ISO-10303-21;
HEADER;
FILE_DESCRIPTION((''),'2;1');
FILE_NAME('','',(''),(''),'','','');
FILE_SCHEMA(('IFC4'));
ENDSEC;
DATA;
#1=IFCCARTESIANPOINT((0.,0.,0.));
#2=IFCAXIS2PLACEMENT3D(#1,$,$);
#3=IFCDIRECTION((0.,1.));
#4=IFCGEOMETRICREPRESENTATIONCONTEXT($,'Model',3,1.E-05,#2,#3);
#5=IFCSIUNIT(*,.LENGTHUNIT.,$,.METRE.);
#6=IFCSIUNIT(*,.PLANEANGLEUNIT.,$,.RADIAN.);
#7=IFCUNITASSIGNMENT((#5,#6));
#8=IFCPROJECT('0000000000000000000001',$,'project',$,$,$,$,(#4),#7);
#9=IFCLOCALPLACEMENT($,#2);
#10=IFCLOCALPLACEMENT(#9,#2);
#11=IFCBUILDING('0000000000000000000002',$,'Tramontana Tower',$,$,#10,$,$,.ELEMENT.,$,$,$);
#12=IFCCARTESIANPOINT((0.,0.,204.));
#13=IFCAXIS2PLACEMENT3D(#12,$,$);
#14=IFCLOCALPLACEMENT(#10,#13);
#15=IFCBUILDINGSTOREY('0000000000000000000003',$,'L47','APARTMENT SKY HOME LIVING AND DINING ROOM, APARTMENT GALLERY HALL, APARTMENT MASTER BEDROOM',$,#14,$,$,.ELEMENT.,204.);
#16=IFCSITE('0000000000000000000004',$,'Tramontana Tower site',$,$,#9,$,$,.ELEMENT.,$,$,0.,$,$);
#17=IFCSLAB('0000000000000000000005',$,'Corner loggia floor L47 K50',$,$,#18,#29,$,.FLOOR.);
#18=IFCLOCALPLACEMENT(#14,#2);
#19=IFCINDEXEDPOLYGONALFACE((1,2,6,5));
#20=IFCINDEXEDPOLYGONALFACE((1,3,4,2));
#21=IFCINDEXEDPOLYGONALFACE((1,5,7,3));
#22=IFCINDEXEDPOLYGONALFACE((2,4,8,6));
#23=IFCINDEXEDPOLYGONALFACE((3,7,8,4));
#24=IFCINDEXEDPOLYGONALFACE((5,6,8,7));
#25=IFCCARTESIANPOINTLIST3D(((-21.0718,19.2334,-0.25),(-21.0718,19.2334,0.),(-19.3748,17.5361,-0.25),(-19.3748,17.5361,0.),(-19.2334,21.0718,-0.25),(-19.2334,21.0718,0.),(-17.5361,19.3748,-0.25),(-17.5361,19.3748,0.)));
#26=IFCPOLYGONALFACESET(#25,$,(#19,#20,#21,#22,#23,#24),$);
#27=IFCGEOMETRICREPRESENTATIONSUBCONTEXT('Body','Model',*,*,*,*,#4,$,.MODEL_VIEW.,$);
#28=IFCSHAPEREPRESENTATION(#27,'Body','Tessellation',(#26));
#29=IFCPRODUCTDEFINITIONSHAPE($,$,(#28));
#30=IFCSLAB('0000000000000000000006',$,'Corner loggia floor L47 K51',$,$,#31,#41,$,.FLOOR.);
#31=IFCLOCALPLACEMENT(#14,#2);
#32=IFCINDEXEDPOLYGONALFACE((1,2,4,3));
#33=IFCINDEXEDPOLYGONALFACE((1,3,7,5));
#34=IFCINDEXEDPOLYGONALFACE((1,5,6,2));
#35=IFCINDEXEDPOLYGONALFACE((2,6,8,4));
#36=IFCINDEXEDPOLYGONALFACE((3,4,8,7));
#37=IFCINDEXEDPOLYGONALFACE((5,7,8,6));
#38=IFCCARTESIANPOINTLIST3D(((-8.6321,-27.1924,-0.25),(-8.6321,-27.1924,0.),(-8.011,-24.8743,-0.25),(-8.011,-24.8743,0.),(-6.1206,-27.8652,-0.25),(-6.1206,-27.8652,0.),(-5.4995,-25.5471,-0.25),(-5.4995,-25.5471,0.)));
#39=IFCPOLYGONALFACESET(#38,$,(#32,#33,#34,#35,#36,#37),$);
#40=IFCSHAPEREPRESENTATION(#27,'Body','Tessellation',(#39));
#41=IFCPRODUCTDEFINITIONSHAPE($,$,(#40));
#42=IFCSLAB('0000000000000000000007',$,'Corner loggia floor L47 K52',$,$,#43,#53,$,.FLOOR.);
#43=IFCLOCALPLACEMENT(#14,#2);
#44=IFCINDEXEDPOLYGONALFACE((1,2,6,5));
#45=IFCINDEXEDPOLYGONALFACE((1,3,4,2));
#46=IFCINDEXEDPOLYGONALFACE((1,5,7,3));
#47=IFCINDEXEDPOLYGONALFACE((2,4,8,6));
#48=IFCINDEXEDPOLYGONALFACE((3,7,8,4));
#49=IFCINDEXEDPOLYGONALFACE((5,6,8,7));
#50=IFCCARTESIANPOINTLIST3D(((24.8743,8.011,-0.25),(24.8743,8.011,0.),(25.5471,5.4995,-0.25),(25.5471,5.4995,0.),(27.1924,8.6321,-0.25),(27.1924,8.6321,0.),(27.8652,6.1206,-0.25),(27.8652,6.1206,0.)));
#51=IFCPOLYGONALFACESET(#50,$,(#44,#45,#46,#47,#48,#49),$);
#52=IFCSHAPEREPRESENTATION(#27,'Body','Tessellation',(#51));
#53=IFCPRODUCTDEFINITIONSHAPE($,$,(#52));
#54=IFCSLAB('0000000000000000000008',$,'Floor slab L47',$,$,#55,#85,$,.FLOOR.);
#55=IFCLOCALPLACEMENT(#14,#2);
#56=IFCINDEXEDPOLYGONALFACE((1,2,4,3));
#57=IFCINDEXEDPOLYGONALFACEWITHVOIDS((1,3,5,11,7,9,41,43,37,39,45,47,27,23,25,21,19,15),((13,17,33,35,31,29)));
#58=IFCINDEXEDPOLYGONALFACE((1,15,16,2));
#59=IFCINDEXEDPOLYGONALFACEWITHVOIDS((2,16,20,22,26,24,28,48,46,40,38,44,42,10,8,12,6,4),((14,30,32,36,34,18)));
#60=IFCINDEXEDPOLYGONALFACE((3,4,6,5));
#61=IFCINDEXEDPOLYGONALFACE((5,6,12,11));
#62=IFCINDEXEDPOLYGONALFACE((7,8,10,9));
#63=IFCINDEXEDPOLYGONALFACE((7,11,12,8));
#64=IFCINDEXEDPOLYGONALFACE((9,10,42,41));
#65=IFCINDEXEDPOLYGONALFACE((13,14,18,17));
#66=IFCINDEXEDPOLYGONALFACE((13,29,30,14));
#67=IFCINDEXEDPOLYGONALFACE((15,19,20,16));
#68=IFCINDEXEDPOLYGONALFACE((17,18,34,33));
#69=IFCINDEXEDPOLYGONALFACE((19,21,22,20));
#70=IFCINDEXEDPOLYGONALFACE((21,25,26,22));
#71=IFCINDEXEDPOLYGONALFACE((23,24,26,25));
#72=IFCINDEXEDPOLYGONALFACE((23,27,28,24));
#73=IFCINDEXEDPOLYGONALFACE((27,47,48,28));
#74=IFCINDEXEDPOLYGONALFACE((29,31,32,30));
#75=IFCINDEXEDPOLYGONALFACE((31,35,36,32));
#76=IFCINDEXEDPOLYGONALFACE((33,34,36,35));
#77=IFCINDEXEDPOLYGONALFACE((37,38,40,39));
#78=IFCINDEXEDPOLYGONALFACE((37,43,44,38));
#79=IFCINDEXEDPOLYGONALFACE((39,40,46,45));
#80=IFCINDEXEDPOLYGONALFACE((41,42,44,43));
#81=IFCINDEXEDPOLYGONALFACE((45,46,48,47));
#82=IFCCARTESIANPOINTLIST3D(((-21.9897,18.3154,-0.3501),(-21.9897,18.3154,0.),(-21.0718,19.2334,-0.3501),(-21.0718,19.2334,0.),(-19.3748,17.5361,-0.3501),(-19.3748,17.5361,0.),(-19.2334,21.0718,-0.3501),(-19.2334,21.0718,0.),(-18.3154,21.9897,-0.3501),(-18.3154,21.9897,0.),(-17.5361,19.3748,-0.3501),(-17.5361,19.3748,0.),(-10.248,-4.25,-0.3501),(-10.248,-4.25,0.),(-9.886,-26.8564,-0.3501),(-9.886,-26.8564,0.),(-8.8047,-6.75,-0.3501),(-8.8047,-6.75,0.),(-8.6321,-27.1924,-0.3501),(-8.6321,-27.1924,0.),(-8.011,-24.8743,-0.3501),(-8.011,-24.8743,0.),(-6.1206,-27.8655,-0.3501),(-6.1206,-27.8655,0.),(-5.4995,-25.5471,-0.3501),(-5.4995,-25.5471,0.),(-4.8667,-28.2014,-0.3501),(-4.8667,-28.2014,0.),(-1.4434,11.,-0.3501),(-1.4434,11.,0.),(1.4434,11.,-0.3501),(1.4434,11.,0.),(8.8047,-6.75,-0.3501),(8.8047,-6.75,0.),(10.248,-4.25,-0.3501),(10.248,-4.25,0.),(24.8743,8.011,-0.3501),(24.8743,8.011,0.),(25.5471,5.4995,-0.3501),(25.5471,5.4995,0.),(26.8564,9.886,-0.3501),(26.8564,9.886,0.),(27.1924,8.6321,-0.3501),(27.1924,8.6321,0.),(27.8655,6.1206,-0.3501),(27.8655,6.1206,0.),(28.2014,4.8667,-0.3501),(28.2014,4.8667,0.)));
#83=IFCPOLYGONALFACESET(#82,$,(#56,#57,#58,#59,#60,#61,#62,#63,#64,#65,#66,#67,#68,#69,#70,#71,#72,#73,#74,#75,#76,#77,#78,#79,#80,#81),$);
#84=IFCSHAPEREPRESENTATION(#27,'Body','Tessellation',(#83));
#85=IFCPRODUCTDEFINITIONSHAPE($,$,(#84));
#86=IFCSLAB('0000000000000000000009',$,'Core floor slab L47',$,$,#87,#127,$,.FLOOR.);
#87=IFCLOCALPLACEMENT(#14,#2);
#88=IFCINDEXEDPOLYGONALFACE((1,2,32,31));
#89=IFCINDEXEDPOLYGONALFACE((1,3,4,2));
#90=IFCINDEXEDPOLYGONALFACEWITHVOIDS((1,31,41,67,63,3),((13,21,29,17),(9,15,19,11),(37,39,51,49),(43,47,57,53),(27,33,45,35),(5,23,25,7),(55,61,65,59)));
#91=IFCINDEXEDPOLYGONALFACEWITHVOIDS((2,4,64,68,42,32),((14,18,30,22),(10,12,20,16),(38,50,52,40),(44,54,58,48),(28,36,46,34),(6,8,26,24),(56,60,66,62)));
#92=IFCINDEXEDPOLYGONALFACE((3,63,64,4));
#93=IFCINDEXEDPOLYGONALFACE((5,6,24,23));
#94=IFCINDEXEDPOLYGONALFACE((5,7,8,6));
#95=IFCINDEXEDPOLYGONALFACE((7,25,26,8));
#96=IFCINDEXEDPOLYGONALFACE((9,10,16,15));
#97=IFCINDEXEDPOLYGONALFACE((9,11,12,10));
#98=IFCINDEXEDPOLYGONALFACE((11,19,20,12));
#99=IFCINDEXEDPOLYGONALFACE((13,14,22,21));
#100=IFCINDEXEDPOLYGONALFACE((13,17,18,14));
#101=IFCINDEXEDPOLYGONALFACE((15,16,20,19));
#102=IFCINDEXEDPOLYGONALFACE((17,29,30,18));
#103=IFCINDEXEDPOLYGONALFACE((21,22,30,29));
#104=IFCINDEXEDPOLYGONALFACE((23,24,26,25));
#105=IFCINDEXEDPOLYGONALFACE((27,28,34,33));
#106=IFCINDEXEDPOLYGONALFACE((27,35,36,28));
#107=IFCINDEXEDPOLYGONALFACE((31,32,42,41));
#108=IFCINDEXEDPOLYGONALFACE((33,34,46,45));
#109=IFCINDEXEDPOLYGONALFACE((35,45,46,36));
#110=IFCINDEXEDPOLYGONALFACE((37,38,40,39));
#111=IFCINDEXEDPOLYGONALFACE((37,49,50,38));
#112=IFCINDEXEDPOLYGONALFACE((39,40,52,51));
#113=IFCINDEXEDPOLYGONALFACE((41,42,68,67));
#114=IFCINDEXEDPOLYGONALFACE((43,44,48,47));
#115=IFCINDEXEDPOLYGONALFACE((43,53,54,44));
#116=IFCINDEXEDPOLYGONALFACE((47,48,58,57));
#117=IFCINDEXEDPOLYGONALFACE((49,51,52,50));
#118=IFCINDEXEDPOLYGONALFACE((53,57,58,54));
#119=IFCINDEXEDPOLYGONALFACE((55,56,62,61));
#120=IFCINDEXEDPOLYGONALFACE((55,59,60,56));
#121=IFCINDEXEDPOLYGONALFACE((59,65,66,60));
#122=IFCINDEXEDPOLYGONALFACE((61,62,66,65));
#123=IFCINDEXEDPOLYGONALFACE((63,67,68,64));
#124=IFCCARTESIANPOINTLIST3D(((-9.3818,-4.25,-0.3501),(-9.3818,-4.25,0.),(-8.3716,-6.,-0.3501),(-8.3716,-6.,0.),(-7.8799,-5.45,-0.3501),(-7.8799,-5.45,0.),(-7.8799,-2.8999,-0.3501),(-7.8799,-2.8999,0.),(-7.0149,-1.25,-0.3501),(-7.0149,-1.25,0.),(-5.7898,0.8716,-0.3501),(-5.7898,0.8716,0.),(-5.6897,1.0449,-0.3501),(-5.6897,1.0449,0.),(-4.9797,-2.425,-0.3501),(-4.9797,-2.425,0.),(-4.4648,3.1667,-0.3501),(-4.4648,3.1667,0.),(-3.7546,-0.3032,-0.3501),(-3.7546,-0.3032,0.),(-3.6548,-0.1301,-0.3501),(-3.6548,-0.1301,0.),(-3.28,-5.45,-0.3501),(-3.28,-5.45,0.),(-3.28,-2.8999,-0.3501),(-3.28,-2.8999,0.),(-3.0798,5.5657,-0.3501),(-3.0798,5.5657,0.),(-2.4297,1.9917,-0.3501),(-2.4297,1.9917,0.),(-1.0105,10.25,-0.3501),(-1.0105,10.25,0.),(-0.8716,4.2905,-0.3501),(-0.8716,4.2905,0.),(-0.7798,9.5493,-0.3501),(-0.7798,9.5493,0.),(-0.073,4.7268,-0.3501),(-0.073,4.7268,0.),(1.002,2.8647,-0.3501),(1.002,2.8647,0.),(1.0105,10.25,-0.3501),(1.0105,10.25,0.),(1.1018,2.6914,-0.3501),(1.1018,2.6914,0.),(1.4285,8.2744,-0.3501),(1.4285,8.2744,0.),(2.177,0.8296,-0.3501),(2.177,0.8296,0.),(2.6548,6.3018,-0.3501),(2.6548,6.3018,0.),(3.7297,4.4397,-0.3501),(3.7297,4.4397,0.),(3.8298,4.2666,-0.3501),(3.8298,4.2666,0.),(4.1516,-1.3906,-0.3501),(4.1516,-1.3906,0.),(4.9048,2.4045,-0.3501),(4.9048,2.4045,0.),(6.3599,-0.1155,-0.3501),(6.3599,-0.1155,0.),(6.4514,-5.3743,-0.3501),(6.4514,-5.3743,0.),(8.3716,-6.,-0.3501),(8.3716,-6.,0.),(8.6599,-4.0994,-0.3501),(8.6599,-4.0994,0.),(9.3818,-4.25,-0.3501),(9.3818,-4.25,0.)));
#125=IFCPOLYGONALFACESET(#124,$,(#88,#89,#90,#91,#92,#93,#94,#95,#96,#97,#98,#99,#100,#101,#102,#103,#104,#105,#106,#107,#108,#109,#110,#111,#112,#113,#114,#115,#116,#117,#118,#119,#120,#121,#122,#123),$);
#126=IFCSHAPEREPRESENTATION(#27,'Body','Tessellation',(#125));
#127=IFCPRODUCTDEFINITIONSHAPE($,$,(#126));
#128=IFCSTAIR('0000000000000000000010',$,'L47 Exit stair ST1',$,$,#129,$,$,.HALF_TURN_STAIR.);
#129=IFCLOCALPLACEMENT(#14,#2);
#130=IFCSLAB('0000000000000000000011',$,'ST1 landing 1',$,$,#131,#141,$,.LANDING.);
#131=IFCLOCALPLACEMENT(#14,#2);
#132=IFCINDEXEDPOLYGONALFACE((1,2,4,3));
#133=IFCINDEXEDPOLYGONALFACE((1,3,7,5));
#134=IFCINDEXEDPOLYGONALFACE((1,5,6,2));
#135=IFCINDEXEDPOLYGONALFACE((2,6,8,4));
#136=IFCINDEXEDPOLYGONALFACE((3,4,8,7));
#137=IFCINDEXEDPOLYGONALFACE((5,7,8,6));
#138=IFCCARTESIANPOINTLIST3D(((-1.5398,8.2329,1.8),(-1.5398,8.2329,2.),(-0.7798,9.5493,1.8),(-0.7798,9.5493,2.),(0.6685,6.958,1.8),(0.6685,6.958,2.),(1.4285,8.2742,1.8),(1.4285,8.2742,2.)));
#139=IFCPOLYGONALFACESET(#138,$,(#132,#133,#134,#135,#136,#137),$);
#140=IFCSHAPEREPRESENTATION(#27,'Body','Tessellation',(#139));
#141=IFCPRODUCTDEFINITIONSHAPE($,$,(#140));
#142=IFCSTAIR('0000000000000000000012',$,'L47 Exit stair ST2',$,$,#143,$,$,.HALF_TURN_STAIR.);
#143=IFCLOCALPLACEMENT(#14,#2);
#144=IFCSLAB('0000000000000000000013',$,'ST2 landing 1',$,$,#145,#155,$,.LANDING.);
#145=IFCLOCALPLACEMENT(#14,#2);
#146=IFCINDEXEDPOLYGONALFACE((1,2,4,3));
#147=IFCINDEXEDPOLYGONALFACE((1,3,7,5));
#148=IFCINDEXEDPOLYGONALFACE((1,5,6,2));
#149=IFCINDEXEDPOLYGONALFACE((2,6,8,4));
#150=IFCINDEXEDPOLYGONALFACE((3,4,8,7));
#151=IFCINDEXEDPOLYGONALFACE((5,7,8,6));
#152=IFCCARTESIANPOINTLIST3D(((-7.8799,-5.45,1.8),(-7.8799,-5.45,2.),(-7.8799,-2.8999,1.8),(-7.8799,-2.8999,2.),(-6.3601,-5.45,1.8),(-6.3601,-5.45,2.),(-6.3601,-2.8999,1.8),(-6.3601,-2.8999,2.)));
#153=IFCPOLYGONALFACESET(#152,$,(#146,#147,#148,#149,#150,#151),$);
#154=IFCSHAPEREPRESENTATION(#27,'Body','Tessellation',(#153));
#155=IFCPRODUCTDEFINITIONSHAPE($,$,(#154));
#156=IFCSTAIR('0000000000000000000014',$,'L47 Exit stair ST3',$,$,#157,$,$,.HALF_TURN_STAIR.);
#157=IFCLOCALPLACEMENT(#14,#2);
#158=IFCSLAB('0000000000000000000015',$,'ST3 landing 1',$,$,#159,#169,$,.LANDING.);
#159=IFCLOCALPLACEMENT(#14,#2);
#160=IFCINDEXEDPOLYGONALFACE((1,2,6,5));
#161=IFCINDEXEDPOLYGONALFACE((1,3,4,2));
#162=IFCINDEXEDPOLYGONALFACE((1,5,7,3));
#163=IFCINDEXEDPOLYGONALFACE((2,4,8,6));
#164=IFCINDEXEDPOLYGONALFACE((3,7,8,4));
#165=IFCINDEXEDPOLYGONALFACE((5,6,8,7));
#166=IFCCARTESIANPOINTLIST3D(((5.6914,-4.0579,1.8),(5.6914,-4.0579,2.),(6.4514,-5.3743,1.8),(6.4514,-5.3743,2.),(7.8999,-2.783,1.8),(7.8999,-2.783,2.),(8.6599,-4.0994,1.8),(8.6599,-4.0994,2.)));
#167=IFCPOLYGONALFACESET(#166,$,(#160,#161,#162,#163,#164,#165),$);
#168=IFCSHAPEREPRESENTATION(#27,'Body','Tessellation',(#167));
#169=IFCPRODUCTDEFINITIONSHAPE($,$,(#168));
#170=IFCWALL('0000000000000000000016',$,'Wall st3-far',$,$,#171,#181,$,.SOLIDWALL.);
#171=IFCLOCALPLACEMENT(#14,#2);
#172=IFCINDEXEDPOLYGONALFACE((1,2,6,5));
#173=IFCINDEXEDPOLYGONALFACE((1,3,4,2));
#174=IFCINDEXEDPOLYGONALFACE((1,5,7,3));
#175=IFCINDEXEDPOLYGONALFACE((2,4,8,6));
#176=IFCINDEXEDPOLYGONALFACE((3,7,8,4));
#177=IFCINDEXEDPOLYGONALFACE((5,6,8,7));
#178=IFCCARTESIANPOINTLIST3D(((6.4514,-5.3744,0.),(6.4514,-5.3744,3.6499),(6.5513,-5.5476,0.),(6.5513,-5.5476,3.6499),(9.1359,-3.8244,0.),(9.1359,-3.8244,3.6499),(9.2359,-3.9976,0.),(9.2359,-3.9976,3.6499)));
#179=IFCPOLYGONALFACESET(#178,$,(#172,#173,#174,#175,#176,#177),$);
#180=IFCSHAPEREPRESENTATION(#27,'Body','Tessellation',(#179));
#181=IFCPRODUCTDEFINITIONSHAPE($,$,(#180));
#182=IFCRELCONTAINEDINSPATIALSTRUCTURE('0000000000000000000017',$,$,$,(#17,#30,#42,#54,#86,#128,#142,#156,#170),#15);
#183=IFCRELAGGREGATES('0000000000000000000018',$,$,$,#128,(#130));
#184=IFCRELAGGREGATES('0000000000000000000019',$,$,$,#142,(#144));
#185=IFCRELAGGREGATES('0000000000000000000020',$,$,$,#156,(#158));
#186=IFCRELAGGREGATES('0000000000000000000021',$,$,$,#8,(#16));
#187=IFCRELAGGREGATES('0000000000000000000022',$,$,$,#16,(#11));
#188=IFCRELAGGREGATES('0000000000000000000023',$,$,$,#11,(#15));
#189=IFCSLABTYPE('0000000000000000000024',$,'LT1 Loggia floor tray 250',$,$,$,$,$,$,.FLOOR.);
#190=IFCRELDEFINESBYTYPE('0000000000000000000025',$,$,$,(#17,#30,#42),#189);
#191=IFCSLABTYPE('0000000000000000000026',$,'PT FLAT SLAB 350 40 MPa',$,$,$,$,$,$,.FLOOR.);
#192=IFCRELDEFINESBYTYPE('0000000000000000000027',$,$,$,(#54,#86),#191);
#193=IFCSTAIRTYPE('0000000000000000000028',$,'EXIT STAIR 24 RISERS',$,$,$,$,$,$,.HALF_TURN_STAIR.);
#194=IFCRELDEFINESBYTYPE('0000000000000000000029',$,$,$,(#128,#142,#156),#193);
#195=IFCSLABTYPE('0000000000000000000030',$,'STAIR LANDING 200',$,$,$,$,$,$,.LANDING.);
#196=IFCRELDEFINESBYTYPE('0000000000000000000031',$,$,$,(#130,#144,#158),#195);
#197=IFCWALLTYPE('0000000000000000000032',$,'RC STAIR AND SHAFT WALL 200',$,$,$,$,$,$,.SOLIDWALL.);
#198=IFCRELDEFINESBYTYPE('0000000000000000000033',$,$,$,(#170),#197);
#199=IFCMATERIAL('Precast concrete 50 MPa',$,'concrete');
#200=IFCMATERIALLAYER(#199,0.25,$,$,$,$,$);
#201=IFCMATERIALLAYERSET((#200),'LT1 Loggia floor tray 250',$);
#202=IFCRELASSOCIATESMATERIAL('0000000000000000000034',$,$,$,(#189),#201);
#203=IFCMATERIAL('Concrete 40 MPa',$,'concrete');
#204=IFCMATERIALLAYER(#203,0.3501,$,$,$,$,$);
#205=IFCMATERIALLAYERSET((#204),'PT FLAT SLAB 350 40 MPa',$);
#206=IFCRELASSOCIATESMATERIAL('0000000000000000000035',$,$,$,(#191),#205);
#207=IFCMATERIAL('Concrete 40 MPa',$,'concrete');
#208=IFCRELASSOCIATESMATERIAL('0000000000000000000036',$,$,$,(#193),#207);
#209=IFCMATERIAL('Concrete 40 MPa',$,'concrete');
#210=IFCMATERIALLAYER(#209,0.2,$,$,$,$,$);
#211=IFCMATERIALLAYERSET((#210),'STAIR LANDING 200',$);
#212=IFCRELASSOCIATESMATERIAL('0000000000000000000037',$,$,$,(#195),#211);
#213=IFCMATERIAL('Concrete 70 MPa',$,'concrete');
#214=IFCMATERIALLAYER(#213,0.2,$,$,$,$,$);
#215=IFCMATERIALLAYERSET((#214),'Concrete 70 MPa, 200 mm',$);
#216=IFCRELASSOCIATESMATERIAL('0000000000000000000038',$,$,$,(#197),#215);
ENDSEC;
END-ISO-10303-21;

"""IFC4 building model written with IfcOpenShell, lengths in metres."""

from ifc_helpers import new_model, si_unit, direction, frame, frame_2d, origin, place, context, subcontext, project, spatial, polyline, rectangle, outline, extrude, material, layer, layer_set, type_object, element, aggregate, save


model = new_model("IFC4")

# Units and contexts
model_context = context("Model", 3, precision=1e-05, world=origin(), true_north=direction((0.0, 1.0)))
body_context = subcontext(model_context, "Body", "Model", "MODEL_VIEW")
ifc_project = project(units=[si_unit("LENGTHUNIT", "METRE"), si_unit("PLANEANGLEUNIT", "RADIAN")], contexts=[model_context])

# Site, building, storey
site_placement = place(None, origin())
site = spatial("IfcSite", under=ifc_project, at=site_placement, Name="Tramontana Tower site", CompositionType="ELEMENT", RefElevation=0.0)
building_placement = place(site_placement, origin())
building = spatial("IfcBuilding", under=site, at=building_placement, Name="Tramontana Tower", CompositionType="ELEMENT")
storey_placement = place(building_placement, frame((0.0, 0.0, 204.0)))
storey = spatial("IfcBuildingStorey", under=building, at=storey_placement, Name="L47", Description="APARTMENT SKY HOME LIVING AND DINING ROOM, APARTMENT GALLERY HALL, APARTMENT MASTER BEDROOM", CompositionType="ELEMENT", Elevation=204.0)

# Slabs
ifc_material_1 = material(Name="Precast concrete 50 MPa", Category="concrete")
ifc_layer_1 = layer(ifc_material_1, 0.25)
ifc_layer_set_1 = layer_set([ifc_layer_1], Name="LT1 Loggia floor tray 250")
slab_type_1 = type_object("IfcSlabType", Name="LT1 Loggia floor tray 250", PredefinedType="FLOOR", material=ifc_layer_set_1)
slab_1_placement = place(storey_placement, frame((0.0, 0.0, -0.25)))
element("IfcSlab", 1, at=slab_1_placement, inside=storey, type_object=slab_type_1, Name="Corner loggia floor L47 K50", PredefinedType="FLOOR", context=body_context, shape_type="SweptSolid", body=[
    extrude(outline(polyline([(-19.2334, 21.0718), (-17.5361, 19.3748), (-19.3748, 17.5361), (-21.0718, 19.2334), (-19.2334, 21.0718)])), origin(), (0.0, 0.0, 1.0), 0.25),
])
slab_2_placement = place(storey_placement, frame((0.0, 0.0, -0.25)))
element("IfcSlab", 2, at=slab_2_placement, inside=storey, type_object=slab_type_1, Name="Corner loggia floor L47 K51", PredefinedType="FLOOR", context=body_context, shape_type="SweptSolid", body=[
    extrude(outline(polyline([(-8.6321, -27.1924), (-8.011, -24.8743), (-5.4995, -25.5471), (-6.1206, -27.8652), (-8.6321, -27.1924)])), origin(), (0.0, 0.0, 1.0), 0.25),
])
slab_3_placement = place(storey_placement, frame((0.0, 0.0, -0.25)))
element("IfcSlab", 3, at=slab_3_placement, inside=storey, type_object=slab_type_1, Name="Corner loggia floor L47 K52", PredefinedType="FLOOR", context=body_context, shape_type="SweptSolid", body=[
    extrude(outline(polyline([(27.8652, 6.1206), (25.5471, 5.4995), (24.8743, 8.011), (27.1924, 8.6321), (27.8652, 6.1206)])), origin(), (0.0, 0.0, 1.0), 0.25),
])
ifc_material_2 = material(Name="Concrete 40 MPa", Category="concrete")
ifc_layer_2 = layer(ifc_material_2, 0.3501)
ifc_layer_set_2 = layer_set([ifc_layer_2], Name="PT FLAT SLAB 350 40 MPa")
slab_type_2 = type_object("IfcSlabType", Name="PT FLAT SLAB 350 40 MPa", PredefinedType="FLOOR", material=ifc_layer_set_2)
slab_4_placement = place(storey_placement, frame((0.0, 0.0, -0.3501)))
element("IfcSlab", 4, at=slab_4_placement, inside=storey, type_object=slab_type_2, Name="Floor slab L47", PredefinedType="FLOOR", context=body_context, shape_type="SweptSolid", body=[
    extrude(outline(polyline([(27.1924, 8.6321), (24.8743, 8.011), (25.5471, 5.4995), (27.8655, 6.1206), (28.2014, 4.8667), (-4.8667, -28.2014), (-6.1206, -27.8655), (-5.4995, -25.5471), (-8.011, -24.8743), (-8.6321, -27.1924), (-9.886, -26.8564), (-21.9897, 18.3154), (-21.0718, 19.2334), (-19.3748, 17.5361), (-17.5361, 19.3748), (-19.2334, 21.0718), (-18.3154, 21.9897), (26.8564, 9.886), (27.1924, 8.6321)]), holes=[polyline([(-10.248, -4.25), (-8.8047, -6.75), (8.8047, -6.75), (10.248, -4.25), (1.4434, 11.0), (-1.4434, 11.0), (-10.248, -4.25)])]), origin(), (0.0, 0.0, 1.0), 0.3501),
])
slab_5_placement = place(storey_placement, frame((0.0, 0.0, -0.3501)))
element("IfcSlab", 5, at=slab_5_placement, inside=storey, type_object=slab_type_2, Name="Core floor slab L47", PredefinedType="FLOOR", context=body_context, shape_type="SweptSolid", body=[
    extrude(outline(polyline([(9.3818, -4.25), (8.3716, -6.0), (-8.3716, -6.0), (-9.3818, -4.25), (-1.0105, 10.25), (1.0105, 10.25), (9.3818, -4.25)]), holes=[polyline([(8.6599, -4.0994), (6.3599, -0.1155), (4.1516, -1.3906), (6.4514, -5.3743), (8.6599, -4.0994)]), polyline([(3.8298, 4.2666), (1.1018, 2.6914), (2.177, 0.8296), (4.9048, 2.4045), (3.8298, 4.2666)]), polyline([(2.6548, 6.3018), (-0.073, 4.7268), (1.002, 2.8647), (3.7297, 4.4397), (2.6548, 6.3018)]), polyline([(-0.7798, 9.5493), (-3.0798, 5.5657), (-0.8716, 4.2905), (1.4285, 8.2744), (-0.7798, 9.5493)]), polyline([(-5.6897, 1.0449), (-3.6548, -0.1301), (-2.4297, 1.9917), (-4.4648, 3.1667), (-5.6897, 1.0449)]), polyline([(-3.28, -5.45), (-3.28, -2.8999), (-7.8799, -2.8999), (-7.8799, -5.45), (-3.28, -5.45)]), polyline([(-7.0149, -1.25), (-4.9797, -2.425), (-3.7546, -0.3032), (-5.7898, 0.8716), (-7.0149, -1.25)])]), origin(), (0.0, 0.0, 1.0), 0.3501),
])

# Stairs, slabs
ifc_material_3 = material(Name="Concrete 40 MPa", Category="concrete")
stair_type = type_object("IfcStairType", Name="EXIT STAIR 24 RISERS", PredefinedType="HALF_TURN_STAIR", material=ifc_material_3)
stair_1_placement = place(storey_placement, origin())
stair_1 = element("IfcStair", 6, at=stair_1_placement, inside=storey, type_object=stair_type, Name="L47 Exit stair ST1", PredefinedType="HALF_TURN_STAIR")
ifc_material_4 = material(Name="Concrete 40 MPa", Category="concrete")
ifc_layer_3 = layer(ifc_material_4, 0.2)
ifc_layer_set_3 = layer_set([ifc_layer_3], Name="STAIR LANDING 200")
slab_type_3 = type_object("IfcSlabType", Name="STAIR LANDING 200", PredefinedType="LANDING", material=ifc_layer_set_3)
slab_6_placement = place(storey_placement, frame((0.0, 0.0, 1.8)))
slab_6 = element("IfcSlab", 7, at=slab_6_placement, type_object=slab_type_3, Name="ST1 landing 1", PredefinedType="LANDING", context=body_context, shape_type="SweptSolid", body=[
    extrude(outline(polyline([(0.6685, 6.958), (1.4285, 8.2742), (-0.7798, 9.5493), (-1.5398, 8.2329), (0.6685, 6.958)])), origin(), (0.0, 0.0, 1.0), 0.2),
])
aggregate(stair_1, [slab_6])
stair_2_placement = place(storey_placement, origin())
stair_2 = element("IfcStair", 8, at=stair_2_placement, inside=storey, type_object=stair_type, Name="L47 Exit stair ST2", PredefinedType="HALF_TURN_STAIR")
slab_7_placement = place(storey_placement, frame((0.0, 0.0, 1.8)))
slab_7 = element("IfcSlab", 9, at=slab_7_placement, type_object=slab_type_3, Name="ST2 landing 1", PredefinedType="LANDING", context=body_context, shape_type="SweptSolid", body=[
    extrude(outline(polyline([(-6.3601, -2.8999), (-7.8799, -2.8999), (-7.8799, -5.45), (-6.3601, -5.45), (-6.3601, -2.8999)])), origin(), (0.0, 0.0, 1.0), 0.2),
])
aggregate(stair_2, [slab_7])
stair_3_placement = place(storey_placement, origin())
stair_3 = element("IfcStair", 10, at=stair_3_placement, inside=storey, type_object=stair_type, Name="L47 Exit stair ST3", PredefinedType="HALF_TURN_STAIR")
slab_8_placement = place(storey_placement, frame((0.0, 0.0, 1.8)))
slab_8 = element("IfcSlab", 11, at=slab_8_placement, type_object=slab_type_3, Name="ST3 landing 1", PredefinedType="LANDING", context=body_context, shape_type="SweptSolid", body=[
    extrude(outline(polyline([(5.6914, -4.0579), (6.4514, -5.3743), (8.6599, -4.0994), (7.8999, -2.783), (5.6914, -4.0579)])), origin(), (0.0, 0.0, 1.0), 0.2),
])

# Wall
ifc_material_5 = material(Name="Concrete 70 MPa", Category="concrete")
ifc_layer_4 = layer(ifc_material_5, 0.2)
ifc_layer_set_4 = layer_set([ifc_layer_4], Name="Concrete 70 MPa, 200 mm")
wall_type = type_object("IfcWallType", Name="RC STAIR AND SHAFT WALL 200", PredefinedType="SOLIDWALL", material=ifc_layer_set_4)
wall_1_placement = place(storey_placement, frame((6.5015, -5.4609, 0.0), z_axis=(0.0, 0.0, 1.0), x_axis=(0.86601, 0.500027, 0.0)))
element("IfcWall", 12, at=wall_1_placement, inside=storey, type_object=wall_type, Name="Wall st3-far", PredefinedType="SOLIDWALL", context=body_context, shape_type="SweptSolid", body=[
    extrude(rectangle(XDim=3.0999, YDim=0.2, at=frame_2d((1.5498, 0.0))), origin(), (0.0, 0.0, 1.0), 3.6499),
])

aggregate(stair_3, [slab_8])

save(model, "model.ifc")
